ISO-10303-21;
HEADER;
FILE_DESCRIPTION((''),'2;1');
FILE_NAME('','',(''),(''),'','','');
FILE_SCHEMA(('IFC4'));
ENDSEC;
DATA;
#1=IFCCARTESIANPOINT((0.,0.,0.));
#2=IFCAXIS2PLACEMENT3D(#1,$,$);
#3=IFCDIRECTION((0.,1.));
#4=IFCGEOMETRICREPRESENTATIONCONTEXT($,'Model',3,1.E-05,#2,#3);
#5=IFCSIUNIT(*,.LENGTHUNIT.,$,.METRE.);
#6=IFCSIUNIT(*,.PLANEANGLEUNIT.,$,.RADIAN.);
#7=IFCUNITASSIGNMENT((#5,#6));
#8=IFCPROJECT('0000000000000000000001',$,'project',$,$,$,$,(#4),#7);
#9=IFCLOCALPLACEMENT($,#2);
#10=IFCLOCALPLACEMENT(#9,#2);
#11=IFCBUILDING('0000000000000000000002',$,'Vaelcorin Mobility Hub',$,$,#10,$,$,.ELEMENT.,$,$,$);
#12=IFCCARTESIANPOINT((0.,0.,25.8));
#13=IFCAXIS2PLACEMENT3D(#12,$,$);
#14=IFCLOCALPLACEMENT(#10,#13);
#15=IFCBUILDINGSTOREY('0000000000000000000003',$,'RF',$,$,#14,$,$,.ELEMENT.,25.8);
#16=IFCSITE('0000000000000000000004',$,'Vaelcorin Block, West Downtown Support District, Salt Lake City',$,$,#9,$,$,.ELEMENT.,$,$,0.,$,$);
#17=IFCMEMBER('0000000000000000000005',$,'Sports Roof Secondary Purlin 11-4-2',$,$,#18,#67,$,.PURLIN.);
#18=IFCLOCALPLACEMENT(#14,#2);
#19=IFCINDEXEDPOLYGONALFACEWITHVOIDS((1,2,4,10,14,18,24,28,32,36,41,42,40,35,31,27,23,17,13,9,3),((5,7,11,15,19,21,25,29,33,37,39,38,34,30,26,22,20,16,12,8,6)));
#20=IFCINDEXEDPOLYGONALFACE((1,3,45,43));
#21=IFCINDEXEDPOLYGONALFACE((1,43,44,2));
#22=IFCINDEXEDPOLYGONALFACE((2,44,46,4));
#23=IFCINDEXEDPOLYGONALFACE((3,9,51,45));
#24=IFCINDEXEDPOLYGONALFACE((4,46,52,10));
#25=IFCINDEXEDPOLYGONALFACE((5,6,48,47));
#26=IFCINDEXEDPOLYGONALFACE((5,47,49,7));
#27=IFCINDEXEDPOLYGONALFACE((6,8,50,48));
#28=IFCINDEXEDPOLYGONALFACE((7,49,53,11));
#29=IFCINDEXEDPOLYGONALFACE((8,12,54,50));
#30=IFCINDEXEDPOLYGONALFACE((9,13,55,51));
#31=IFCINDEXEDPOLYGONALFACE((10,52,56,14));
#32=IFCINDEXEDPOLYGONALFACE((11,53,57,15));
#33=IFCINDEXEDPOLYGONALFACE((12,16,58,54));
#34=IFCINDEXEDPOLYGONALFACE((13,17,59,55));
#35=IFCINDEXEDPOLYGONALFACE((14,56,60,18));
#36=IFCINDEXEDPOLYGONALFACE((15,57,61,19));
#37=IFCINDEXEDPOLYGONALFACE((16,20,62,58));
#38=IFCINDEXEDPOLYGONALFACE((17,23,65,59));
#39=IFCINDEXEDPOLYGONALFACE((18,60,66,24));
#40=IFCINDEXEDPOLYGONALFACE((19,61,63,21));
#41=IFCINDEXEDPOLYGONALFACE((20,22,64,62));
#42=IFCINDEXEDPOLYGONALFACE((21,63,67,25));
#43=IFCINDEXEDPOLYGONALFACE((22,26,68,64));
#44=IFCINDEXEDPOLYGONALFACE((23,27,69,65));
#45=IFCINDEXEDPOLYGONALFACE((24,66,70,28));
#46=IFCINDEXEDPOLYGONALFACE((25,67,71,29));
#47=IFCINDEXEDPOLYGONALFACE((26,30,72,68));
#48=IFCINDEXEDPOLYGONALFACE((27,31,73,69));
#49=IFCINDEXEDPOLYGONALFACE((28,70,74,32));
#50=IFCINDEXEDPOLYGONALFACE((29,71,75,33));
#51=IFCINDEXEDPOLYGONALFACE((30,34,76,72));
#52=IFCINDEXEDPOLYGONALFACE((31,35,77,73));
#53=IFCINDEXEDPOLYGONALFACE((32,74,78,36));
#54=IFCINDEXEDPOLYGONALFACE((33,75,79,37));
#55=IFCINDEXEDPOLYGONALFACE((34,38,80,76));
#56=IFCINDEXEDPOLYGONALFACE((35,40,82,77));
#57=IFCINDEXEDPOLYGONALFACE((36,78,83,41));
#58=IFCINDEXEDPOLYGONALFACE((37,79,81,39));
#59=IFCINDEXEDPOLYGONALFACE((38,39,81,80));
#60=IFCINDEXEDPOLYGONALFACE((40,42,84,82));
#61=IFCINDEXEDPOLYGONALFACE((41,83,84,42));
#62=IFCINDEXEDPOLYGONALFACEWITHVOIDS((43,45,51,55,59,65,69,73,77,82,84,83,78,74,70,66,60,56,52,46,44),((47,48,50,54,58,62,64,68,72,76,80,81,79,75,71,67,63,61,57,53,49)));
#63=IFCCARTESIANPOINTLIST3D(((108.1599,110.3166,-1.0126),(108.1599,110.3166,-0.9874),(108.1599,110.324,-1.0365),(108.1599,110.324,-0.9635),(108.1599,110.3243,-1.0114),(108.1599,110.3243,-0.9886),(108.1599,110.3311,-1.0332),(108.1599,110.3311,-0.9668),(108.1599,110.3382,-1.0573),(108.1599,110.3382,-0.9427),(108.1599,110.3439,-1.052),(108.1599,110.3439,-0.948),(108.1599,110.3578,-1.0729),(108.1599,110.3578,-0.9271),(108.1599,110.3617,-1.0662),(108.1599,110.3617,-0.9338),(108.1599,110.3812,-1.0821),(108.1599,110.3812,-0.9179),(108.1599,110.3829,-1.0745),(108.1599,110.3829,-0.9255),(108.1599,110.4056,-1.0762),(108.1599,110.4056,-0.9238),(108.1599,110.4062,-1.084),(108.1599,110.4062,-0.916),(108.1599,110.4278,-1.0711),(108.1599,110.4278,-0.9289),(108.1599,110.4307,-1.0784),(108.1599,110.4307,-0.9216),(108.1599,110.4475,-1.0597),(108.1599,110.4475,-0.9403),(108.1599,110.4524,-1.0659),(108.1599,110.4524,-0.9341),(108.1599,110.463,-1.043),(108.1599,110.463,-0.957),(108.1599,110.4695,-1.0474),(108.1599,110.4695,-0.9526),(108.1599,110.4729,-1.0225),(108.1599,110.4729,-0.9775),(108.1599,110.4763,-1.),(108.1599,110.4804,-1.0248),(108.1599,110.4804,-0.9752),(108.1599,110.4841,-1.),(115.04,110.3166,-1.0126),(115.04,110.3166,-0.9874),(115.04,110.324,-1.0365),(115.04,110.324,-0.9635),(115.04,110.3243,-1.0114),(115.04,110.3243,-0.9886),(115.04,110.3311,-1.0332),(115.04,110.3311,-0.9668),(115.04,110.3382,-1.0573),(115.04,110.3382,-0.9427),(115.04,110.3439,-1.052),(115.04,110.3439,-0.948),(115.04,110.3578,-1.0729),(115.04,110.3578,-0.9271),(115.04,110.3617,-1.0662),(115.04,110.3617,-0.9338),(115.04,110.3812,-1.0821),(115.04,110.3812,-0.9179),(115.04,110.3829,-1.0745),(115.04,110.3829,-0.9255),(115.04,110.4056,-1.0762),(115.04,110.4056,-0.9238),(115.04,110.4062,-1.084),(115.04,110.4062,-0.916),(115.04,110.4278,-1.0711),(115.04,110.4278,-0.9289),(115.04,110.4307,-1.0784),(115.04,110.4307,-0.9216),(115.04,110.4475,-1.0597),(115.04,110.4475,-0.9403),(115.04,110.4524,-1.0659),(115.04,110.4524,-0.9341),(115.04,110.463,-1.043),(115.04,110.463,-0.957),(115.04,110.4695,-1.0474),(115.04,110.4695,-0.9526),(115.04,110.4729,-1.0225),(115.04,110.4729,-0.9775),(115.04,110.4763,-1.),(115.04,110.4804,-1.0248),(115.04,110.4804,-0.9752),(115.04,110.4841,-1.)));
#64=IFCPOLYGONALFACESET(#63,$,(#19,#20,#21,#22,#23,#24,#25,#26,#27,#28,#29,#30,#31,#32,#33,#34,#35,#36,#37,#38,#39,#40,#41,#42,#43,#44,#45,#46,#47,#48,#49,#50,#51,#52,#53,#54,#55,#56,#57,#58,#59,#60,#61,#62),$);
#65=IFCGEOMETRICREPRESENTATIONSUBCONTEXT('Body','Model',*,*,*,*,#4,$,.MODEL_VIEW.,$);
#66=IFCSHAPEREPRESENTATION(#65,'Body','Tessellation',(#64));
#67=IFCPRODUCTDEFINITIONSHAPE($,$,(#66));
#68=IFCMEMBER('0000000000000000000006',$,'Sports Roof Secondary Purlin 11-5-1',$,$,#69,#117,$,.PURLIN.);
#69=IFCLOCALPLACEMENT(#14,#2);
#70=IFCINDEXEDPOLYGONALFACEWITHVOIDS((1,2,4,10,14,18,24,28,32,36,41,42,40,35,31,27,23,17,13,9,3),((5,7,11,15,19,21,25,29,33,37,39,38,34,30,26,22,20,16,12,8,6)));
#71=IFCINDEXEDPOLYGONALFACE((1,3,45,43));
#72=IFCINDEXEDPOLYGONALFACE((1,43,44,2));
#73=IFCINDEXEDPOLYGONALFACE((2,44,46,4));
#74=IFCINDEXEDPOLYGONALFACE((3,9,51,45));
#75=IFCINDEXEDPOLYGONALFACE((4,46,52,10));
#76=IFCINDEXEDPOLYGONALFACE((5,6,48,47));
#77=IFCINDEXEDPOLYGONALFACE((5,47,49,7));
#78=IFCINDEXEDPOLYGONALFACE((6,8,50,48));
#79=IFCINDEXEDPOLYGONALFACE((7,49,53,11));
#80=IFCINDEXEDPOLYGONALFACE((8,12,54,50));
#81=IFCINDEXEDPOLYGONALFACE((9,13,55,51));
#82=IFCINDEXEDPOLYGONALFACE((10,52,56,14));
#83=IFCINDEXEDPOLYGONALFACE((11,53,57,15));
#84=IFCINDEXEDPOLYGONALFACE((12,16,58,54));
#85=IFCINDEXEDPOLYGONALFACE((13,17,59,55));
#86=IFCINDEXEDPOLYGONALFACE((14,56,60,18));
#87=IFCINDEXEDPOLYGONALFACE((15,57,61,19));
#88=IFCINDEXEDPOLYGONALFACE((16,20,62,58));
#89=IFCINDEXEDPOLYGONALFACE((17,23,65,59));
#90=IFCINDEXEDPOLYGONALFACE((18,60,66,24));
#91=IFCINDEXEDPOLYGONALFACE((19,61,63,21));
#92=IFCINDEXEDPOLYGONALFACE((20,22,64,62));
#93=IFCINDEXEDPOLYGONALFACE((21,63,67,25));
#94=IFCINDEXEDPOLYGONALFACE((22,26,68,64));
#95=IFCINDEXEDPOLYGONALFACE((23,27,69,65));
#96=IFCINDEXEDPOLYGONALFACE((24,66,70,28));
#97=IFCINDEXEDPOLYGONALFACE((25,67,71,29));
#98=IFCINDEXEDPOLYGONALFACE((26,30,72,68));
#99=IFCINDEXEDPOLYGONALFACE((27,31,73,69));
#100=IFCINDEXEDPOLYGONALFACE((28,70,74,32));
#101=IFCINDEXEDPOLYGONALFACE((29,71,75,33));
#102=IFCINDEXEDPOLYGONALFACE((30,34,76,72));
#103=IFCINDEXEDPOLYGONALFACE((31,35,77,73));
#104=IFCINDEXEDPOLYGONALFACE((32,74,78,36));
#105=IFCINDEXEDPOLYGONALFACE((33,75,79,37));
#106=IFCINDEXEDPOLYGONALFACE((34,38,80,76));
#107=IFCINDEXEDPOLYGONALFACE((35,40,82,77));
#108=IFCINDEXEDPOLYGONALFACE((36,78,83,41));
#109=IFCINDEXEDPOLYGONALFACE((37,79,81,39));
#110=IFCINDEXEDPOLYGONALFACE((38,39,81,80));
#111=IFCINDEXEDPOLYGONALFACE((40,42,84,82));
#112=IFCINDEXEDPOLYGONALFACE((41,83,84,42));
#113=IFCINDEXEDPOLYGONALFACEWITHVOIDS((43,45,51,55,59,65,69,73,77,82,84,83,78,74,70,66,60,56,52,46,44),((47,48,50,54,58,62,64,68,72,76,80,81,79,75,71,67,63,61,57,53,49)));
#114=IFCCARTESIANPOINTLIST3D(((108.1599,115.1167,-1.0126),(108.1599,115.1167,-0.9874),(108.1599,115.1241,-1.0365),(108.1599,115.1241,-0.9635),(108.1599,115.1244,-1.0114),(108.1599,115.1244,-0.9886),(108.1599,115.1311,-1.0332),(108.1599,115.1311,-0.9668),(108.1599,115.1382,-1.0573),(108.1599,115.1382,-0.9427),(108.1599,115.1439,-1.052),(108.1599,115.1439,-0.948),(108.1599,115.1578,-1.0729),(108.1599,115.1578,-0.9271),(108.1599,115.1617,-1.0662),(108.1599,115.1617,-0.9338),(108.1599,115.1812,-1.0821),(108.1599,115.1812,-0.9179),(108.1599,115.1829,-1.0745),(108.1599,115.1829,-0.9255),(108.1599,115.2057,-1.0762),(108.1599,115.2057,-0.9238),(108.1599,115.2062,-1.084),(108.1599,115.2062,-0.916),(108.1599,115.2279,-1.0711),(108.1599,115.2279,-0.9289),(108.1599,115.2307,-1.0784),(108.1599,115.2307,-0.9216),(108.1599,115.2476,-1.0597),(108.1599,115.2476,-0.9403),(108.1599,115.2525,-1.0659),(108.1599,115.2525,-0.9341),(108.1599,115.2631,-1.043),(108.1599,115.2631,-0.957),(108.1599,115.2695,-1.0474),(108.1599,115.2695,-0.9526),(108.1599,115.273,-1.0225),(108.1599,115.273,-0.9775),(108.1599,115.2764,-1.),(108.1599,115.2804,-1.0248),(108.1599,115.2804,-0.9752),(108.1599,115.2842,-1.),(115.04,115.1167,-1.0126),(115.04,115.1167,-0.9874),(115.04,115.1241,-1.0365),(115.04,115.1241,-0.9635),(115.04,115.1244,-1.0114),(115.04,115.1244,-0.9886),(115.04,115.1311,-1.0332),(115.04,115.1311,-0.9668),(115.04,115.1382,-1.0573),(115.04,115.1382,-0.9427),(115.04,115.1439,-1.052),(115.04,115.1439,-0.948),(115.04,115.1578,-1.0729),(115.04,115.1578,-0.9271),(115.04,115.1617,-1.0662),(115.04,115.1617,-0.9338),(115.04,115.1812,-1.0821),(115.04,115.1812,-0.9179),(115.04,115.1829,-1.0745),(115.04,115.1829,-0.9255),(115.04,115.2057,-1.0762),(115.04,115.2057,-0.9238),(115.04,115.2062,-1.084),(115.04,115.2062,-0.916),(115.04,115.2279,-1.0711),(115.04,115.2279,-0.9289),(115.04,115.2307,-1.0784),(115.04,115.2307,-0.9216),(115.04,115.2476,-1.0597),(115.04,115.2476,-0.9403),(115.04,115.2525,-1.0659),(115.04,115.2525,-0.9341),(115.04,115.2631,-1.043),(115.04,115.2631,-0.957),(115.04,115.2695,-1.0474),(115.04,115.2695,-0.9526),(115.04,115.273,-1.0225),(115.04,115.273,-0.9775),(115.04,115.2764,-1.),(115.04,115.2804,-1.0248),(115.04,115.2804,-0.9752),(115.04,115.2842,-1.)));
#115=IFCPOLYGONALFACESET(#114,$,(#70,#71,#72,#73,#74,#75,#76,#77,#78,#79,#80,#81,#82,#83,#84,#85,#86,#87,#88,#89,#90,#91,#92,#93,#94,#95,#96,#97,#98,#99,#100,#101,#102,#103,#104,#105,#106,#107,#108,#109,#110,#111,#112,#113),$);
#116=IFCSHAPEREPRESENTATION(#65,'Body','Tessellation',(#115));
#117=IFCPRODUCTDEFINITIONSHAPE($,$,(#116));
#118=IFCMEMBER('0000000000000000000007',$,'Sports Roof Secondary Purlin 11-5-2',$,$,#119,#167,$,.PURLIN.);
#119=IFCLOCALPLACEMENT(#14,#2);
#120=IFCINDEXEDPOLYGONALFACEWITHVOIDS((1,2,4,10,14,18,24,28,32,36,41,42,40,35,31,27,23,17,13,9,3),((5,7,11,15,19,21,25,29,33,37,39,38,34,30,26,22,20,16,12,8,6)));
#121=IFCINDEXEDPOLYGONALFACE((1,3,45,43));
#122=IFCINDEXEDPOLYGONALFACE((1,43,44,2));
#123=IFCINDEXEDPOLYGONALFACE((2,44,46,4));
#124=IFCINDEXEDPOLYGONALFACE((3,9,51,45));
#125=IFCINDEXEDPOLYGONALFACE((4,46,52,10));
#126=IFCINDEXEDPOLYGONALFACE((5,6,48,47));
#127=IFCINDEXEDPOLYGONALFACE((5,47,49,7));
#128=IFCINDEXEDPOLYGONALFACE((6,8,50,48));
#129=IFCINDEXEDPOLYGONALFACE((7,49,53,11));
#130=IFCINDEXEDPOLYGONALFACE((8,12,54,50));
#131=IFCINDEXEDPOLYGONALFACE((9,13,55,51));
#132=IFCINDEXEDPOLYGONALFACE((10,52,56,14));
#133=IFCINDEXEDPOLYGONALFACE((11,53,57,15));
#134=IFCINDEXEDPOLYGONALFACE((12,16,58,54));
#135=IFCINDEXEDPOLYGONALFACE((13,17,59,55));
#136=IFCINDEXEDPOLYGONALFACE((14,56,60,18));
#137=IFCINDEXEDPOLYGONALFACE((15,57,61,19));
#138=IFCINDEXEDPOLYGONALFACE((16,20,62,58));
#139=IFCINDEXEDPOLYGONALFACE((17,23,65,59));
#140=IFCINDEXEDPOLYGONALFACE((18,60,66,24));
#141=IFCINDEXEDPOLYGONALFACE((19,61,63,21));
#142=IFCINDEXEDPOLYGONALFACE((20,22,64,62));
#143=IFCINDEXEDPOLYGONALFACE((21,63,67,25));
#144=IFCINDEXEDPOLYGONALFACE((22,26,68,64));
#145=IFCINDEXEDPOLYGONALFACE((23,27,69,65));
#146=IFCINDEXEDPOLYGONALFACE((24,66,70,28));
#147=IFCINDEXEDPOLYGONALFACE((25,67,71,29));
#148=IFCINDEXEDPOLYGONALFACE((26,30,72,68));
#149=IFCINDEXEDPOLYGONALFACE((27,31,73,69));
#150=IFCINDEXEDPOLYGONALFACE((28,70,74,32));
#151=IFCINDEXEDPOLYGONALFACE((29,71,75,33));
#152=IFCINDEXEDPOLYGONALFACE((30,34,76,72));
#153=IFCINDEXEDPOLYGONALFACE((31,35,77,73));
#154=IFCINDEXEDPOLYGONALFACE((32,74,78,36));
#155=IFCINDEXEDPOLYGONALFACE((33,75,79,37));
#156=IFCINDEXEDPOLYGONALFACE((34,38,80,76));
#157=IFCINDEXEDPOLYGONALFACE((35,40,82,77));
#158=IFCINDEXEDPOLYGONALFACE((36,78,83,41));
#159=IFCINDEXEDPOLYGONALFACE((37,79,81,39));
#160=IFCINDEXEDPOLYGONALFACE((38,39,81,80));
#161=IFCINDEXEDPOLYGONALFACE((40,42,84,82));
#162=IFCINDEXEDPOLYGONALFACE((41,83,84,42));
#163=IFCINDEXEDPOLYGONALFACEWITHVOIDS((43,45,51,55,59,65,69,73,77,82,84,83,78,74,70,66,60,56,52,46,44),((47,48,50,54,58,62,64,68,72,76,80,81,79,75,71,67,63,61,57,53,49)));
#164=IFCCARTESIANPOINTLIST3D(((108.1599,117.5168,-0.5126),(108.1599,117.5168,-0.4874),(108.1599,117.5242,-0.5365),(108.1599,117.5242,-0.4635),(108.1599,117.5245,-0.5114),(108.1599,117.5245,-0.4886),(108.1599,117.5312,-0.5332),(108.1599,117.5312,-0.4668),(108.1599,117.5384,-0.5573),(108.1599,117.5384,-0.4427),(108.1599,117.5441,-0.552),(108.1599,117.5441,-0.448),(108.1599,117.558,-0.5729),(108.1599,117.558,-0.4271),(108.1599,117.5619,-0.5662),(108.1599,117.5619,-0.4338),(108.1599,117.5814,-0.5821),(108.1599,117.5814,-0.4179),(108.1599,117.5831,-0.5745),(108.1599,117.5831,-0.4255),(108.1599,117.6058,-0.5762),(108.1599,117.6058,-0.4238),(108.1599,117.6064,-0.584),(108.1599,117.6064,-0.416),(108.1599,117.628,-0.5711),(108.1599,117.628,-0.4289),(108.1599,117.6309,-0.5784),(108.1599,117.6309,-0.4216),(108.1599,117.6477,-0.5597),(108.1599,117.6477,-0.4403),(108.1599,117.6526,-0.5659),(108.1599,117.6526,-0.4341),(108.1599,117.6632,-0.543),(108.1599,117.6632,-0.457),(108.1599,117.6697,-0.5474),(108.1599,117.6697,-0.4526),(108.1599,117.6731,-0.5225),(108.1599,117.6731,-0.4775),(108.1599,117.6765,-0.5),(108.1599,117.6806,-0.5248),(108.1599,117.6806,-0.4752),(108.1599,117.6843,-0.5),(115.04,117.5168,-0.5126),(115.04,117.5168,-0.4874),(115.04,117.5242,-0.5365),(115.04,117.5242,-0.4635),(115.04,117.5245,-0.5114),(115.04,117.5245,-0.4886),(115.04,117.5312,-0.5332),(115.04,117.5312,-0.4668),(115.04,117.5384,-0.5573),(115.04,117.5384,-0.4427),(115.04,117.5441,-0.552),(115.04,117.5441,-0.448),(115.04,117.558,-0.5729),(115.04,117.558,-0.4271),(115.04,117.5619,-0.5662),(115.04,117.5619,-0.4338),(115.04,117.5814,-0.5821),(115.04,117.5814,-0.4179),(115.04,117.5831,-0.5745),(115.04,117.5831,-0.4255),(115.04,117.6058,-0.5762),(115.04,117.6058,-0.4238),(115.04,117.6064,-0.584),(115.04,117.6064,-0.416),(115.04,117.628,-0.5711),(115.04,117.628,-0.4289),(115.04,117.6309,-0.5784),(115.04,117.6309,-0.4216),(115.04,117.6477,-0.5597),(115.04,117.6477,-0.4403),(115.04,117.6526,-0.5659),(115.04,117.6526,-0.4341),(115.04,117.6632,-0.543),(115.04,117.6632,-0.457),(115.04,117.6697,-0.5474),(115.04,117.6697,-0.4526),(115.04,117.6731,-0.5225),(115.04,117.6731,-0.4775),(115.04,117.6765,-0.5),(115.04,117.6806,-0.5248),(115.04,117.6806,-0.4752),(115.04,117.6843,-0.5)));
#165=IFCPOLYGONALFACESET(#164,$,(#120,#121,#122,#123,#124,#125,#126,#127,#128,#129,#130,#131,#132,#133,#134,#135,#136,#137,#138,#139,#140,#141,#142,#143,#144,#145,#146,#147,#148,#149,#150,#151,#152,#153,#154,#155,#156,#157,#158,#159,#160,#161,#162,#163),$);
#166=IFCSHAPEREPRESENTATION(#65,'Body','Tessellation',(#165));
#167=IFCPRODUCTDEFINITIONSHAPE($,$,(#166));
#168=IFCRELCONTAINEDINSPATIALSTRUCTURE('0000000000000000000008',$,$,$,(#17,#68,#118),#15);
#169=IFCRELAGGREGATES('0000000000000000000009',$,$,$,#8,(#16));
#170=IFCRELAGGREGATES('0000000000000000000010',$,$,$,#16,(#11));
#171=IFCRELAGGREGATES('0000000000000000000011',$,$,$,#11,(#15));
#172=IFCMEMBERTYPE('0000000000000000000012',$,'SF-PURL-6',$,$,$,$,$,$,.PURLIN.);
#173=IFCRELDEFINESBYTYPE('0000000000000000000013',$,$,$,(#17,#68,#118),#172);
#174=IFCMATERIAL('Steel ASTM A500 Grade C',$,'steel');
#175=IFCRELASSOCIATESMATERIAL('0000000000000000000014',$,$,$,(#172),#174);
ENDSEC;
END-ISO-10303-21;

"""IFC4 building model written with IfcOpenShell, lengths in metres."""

from ifc_helpers import new_model, si_unit, direction, frame, origin, origin_2d, place, context, subcontext, project, spatial, hollow_circle, extrude, material, material_profile, profile_set, type_object, element, save


model = new_model("IFC4")

# Units and contexts
model_context = context("Model", 3, precision=1e-05, world=origin(), true_north=direction((0.0, 1.0)))
body_context = subcontext(model_context, "Body", "Model", "MODEL_VIEW")
ifc_project = project(units=[si_unit("LENGTHUNIT", "METRE"), si_unit("PLANEANGLEUNIT", "RADIAN")], contexts=[model_context])

# Site, building, storey
site_placement = place(None, origin())
site = spatial("IfcSite", under=ifc_project, at=site_placement, Name="Vaelcorin Block, West Downtown Support District, Salt Lake City", CompositionType="ELEMENT", RefElevation=0.0)
building_placement = place(site_placement, origin())
building = spatial("IfcBuilding", under=site, at=building_placement, Name="Vaelcorin Mobility Hub", CompositionType="ELEMENT")
storey_placement = place(building_placement, frame((0.0, 0.0, 25.8)))
storey = spatial("IfcBuildingStorey", under=building, at=storey_placement, Name="RF", CompositionType="ELEMENT", Elevation=25.8)

# Members
ifc_material_1 = material(Name="Steel ASTM A500 Grade C", Category="steel")
ifc_material_profile_1 = material_profile(ifc_material_1, hollow_circle(Radius=0.0842, WallThickness=0.0078, at=origin_2d()), Name="HSS6.625X0.312")
ifc_profile_set_1 = profile_set([ifc_material_profile_1], Name="Steel ASTM A500 Grade C")
member_type_1 = type_object("IfcMemberType", Name="SF-PURL-6", PredefinedType="PURLIN", material=ifc_profile_set_1)
for number, where, z_axis, x_axis, name in (
    (1, (108.1599, 110.3999, -1.0), (1.0, 0.0, 0.0), (0.0, 1.0, 0.0), "Sports Roof Secondary Purlin 11-4-2"),
    (2, (108.1599, 115.2, -1.0), (1.0, 0.0, 0.0), (0.0, 1.0, 0.0), "Sports Roof Secondary Purlin 11-5-1"),
    (3, (108.1599, 117.6001, -0.5), (1.0, 0.0, 0.0), (0.0, 1.0, 0.0), "Sports Roof Secondary Purlin 11-5-2"),
):
    element("IfcMember", number, at=place(storey_placement, frame(where, z_axis=z_axis, x_axis=x_axis)), inside=storey, type_object=member_type_1, Name=name, PredefinedType="PURLIN", context=body_context, shape_type="SweptSolid", body=[
        extrude(hollow_circle(Radius=0.0842, WallThickness=0.0078, at=origin_2d()), origin(), (0.0, 0.0, 1.0), 6.8801),
    ])

save(model, "model.ifc")
